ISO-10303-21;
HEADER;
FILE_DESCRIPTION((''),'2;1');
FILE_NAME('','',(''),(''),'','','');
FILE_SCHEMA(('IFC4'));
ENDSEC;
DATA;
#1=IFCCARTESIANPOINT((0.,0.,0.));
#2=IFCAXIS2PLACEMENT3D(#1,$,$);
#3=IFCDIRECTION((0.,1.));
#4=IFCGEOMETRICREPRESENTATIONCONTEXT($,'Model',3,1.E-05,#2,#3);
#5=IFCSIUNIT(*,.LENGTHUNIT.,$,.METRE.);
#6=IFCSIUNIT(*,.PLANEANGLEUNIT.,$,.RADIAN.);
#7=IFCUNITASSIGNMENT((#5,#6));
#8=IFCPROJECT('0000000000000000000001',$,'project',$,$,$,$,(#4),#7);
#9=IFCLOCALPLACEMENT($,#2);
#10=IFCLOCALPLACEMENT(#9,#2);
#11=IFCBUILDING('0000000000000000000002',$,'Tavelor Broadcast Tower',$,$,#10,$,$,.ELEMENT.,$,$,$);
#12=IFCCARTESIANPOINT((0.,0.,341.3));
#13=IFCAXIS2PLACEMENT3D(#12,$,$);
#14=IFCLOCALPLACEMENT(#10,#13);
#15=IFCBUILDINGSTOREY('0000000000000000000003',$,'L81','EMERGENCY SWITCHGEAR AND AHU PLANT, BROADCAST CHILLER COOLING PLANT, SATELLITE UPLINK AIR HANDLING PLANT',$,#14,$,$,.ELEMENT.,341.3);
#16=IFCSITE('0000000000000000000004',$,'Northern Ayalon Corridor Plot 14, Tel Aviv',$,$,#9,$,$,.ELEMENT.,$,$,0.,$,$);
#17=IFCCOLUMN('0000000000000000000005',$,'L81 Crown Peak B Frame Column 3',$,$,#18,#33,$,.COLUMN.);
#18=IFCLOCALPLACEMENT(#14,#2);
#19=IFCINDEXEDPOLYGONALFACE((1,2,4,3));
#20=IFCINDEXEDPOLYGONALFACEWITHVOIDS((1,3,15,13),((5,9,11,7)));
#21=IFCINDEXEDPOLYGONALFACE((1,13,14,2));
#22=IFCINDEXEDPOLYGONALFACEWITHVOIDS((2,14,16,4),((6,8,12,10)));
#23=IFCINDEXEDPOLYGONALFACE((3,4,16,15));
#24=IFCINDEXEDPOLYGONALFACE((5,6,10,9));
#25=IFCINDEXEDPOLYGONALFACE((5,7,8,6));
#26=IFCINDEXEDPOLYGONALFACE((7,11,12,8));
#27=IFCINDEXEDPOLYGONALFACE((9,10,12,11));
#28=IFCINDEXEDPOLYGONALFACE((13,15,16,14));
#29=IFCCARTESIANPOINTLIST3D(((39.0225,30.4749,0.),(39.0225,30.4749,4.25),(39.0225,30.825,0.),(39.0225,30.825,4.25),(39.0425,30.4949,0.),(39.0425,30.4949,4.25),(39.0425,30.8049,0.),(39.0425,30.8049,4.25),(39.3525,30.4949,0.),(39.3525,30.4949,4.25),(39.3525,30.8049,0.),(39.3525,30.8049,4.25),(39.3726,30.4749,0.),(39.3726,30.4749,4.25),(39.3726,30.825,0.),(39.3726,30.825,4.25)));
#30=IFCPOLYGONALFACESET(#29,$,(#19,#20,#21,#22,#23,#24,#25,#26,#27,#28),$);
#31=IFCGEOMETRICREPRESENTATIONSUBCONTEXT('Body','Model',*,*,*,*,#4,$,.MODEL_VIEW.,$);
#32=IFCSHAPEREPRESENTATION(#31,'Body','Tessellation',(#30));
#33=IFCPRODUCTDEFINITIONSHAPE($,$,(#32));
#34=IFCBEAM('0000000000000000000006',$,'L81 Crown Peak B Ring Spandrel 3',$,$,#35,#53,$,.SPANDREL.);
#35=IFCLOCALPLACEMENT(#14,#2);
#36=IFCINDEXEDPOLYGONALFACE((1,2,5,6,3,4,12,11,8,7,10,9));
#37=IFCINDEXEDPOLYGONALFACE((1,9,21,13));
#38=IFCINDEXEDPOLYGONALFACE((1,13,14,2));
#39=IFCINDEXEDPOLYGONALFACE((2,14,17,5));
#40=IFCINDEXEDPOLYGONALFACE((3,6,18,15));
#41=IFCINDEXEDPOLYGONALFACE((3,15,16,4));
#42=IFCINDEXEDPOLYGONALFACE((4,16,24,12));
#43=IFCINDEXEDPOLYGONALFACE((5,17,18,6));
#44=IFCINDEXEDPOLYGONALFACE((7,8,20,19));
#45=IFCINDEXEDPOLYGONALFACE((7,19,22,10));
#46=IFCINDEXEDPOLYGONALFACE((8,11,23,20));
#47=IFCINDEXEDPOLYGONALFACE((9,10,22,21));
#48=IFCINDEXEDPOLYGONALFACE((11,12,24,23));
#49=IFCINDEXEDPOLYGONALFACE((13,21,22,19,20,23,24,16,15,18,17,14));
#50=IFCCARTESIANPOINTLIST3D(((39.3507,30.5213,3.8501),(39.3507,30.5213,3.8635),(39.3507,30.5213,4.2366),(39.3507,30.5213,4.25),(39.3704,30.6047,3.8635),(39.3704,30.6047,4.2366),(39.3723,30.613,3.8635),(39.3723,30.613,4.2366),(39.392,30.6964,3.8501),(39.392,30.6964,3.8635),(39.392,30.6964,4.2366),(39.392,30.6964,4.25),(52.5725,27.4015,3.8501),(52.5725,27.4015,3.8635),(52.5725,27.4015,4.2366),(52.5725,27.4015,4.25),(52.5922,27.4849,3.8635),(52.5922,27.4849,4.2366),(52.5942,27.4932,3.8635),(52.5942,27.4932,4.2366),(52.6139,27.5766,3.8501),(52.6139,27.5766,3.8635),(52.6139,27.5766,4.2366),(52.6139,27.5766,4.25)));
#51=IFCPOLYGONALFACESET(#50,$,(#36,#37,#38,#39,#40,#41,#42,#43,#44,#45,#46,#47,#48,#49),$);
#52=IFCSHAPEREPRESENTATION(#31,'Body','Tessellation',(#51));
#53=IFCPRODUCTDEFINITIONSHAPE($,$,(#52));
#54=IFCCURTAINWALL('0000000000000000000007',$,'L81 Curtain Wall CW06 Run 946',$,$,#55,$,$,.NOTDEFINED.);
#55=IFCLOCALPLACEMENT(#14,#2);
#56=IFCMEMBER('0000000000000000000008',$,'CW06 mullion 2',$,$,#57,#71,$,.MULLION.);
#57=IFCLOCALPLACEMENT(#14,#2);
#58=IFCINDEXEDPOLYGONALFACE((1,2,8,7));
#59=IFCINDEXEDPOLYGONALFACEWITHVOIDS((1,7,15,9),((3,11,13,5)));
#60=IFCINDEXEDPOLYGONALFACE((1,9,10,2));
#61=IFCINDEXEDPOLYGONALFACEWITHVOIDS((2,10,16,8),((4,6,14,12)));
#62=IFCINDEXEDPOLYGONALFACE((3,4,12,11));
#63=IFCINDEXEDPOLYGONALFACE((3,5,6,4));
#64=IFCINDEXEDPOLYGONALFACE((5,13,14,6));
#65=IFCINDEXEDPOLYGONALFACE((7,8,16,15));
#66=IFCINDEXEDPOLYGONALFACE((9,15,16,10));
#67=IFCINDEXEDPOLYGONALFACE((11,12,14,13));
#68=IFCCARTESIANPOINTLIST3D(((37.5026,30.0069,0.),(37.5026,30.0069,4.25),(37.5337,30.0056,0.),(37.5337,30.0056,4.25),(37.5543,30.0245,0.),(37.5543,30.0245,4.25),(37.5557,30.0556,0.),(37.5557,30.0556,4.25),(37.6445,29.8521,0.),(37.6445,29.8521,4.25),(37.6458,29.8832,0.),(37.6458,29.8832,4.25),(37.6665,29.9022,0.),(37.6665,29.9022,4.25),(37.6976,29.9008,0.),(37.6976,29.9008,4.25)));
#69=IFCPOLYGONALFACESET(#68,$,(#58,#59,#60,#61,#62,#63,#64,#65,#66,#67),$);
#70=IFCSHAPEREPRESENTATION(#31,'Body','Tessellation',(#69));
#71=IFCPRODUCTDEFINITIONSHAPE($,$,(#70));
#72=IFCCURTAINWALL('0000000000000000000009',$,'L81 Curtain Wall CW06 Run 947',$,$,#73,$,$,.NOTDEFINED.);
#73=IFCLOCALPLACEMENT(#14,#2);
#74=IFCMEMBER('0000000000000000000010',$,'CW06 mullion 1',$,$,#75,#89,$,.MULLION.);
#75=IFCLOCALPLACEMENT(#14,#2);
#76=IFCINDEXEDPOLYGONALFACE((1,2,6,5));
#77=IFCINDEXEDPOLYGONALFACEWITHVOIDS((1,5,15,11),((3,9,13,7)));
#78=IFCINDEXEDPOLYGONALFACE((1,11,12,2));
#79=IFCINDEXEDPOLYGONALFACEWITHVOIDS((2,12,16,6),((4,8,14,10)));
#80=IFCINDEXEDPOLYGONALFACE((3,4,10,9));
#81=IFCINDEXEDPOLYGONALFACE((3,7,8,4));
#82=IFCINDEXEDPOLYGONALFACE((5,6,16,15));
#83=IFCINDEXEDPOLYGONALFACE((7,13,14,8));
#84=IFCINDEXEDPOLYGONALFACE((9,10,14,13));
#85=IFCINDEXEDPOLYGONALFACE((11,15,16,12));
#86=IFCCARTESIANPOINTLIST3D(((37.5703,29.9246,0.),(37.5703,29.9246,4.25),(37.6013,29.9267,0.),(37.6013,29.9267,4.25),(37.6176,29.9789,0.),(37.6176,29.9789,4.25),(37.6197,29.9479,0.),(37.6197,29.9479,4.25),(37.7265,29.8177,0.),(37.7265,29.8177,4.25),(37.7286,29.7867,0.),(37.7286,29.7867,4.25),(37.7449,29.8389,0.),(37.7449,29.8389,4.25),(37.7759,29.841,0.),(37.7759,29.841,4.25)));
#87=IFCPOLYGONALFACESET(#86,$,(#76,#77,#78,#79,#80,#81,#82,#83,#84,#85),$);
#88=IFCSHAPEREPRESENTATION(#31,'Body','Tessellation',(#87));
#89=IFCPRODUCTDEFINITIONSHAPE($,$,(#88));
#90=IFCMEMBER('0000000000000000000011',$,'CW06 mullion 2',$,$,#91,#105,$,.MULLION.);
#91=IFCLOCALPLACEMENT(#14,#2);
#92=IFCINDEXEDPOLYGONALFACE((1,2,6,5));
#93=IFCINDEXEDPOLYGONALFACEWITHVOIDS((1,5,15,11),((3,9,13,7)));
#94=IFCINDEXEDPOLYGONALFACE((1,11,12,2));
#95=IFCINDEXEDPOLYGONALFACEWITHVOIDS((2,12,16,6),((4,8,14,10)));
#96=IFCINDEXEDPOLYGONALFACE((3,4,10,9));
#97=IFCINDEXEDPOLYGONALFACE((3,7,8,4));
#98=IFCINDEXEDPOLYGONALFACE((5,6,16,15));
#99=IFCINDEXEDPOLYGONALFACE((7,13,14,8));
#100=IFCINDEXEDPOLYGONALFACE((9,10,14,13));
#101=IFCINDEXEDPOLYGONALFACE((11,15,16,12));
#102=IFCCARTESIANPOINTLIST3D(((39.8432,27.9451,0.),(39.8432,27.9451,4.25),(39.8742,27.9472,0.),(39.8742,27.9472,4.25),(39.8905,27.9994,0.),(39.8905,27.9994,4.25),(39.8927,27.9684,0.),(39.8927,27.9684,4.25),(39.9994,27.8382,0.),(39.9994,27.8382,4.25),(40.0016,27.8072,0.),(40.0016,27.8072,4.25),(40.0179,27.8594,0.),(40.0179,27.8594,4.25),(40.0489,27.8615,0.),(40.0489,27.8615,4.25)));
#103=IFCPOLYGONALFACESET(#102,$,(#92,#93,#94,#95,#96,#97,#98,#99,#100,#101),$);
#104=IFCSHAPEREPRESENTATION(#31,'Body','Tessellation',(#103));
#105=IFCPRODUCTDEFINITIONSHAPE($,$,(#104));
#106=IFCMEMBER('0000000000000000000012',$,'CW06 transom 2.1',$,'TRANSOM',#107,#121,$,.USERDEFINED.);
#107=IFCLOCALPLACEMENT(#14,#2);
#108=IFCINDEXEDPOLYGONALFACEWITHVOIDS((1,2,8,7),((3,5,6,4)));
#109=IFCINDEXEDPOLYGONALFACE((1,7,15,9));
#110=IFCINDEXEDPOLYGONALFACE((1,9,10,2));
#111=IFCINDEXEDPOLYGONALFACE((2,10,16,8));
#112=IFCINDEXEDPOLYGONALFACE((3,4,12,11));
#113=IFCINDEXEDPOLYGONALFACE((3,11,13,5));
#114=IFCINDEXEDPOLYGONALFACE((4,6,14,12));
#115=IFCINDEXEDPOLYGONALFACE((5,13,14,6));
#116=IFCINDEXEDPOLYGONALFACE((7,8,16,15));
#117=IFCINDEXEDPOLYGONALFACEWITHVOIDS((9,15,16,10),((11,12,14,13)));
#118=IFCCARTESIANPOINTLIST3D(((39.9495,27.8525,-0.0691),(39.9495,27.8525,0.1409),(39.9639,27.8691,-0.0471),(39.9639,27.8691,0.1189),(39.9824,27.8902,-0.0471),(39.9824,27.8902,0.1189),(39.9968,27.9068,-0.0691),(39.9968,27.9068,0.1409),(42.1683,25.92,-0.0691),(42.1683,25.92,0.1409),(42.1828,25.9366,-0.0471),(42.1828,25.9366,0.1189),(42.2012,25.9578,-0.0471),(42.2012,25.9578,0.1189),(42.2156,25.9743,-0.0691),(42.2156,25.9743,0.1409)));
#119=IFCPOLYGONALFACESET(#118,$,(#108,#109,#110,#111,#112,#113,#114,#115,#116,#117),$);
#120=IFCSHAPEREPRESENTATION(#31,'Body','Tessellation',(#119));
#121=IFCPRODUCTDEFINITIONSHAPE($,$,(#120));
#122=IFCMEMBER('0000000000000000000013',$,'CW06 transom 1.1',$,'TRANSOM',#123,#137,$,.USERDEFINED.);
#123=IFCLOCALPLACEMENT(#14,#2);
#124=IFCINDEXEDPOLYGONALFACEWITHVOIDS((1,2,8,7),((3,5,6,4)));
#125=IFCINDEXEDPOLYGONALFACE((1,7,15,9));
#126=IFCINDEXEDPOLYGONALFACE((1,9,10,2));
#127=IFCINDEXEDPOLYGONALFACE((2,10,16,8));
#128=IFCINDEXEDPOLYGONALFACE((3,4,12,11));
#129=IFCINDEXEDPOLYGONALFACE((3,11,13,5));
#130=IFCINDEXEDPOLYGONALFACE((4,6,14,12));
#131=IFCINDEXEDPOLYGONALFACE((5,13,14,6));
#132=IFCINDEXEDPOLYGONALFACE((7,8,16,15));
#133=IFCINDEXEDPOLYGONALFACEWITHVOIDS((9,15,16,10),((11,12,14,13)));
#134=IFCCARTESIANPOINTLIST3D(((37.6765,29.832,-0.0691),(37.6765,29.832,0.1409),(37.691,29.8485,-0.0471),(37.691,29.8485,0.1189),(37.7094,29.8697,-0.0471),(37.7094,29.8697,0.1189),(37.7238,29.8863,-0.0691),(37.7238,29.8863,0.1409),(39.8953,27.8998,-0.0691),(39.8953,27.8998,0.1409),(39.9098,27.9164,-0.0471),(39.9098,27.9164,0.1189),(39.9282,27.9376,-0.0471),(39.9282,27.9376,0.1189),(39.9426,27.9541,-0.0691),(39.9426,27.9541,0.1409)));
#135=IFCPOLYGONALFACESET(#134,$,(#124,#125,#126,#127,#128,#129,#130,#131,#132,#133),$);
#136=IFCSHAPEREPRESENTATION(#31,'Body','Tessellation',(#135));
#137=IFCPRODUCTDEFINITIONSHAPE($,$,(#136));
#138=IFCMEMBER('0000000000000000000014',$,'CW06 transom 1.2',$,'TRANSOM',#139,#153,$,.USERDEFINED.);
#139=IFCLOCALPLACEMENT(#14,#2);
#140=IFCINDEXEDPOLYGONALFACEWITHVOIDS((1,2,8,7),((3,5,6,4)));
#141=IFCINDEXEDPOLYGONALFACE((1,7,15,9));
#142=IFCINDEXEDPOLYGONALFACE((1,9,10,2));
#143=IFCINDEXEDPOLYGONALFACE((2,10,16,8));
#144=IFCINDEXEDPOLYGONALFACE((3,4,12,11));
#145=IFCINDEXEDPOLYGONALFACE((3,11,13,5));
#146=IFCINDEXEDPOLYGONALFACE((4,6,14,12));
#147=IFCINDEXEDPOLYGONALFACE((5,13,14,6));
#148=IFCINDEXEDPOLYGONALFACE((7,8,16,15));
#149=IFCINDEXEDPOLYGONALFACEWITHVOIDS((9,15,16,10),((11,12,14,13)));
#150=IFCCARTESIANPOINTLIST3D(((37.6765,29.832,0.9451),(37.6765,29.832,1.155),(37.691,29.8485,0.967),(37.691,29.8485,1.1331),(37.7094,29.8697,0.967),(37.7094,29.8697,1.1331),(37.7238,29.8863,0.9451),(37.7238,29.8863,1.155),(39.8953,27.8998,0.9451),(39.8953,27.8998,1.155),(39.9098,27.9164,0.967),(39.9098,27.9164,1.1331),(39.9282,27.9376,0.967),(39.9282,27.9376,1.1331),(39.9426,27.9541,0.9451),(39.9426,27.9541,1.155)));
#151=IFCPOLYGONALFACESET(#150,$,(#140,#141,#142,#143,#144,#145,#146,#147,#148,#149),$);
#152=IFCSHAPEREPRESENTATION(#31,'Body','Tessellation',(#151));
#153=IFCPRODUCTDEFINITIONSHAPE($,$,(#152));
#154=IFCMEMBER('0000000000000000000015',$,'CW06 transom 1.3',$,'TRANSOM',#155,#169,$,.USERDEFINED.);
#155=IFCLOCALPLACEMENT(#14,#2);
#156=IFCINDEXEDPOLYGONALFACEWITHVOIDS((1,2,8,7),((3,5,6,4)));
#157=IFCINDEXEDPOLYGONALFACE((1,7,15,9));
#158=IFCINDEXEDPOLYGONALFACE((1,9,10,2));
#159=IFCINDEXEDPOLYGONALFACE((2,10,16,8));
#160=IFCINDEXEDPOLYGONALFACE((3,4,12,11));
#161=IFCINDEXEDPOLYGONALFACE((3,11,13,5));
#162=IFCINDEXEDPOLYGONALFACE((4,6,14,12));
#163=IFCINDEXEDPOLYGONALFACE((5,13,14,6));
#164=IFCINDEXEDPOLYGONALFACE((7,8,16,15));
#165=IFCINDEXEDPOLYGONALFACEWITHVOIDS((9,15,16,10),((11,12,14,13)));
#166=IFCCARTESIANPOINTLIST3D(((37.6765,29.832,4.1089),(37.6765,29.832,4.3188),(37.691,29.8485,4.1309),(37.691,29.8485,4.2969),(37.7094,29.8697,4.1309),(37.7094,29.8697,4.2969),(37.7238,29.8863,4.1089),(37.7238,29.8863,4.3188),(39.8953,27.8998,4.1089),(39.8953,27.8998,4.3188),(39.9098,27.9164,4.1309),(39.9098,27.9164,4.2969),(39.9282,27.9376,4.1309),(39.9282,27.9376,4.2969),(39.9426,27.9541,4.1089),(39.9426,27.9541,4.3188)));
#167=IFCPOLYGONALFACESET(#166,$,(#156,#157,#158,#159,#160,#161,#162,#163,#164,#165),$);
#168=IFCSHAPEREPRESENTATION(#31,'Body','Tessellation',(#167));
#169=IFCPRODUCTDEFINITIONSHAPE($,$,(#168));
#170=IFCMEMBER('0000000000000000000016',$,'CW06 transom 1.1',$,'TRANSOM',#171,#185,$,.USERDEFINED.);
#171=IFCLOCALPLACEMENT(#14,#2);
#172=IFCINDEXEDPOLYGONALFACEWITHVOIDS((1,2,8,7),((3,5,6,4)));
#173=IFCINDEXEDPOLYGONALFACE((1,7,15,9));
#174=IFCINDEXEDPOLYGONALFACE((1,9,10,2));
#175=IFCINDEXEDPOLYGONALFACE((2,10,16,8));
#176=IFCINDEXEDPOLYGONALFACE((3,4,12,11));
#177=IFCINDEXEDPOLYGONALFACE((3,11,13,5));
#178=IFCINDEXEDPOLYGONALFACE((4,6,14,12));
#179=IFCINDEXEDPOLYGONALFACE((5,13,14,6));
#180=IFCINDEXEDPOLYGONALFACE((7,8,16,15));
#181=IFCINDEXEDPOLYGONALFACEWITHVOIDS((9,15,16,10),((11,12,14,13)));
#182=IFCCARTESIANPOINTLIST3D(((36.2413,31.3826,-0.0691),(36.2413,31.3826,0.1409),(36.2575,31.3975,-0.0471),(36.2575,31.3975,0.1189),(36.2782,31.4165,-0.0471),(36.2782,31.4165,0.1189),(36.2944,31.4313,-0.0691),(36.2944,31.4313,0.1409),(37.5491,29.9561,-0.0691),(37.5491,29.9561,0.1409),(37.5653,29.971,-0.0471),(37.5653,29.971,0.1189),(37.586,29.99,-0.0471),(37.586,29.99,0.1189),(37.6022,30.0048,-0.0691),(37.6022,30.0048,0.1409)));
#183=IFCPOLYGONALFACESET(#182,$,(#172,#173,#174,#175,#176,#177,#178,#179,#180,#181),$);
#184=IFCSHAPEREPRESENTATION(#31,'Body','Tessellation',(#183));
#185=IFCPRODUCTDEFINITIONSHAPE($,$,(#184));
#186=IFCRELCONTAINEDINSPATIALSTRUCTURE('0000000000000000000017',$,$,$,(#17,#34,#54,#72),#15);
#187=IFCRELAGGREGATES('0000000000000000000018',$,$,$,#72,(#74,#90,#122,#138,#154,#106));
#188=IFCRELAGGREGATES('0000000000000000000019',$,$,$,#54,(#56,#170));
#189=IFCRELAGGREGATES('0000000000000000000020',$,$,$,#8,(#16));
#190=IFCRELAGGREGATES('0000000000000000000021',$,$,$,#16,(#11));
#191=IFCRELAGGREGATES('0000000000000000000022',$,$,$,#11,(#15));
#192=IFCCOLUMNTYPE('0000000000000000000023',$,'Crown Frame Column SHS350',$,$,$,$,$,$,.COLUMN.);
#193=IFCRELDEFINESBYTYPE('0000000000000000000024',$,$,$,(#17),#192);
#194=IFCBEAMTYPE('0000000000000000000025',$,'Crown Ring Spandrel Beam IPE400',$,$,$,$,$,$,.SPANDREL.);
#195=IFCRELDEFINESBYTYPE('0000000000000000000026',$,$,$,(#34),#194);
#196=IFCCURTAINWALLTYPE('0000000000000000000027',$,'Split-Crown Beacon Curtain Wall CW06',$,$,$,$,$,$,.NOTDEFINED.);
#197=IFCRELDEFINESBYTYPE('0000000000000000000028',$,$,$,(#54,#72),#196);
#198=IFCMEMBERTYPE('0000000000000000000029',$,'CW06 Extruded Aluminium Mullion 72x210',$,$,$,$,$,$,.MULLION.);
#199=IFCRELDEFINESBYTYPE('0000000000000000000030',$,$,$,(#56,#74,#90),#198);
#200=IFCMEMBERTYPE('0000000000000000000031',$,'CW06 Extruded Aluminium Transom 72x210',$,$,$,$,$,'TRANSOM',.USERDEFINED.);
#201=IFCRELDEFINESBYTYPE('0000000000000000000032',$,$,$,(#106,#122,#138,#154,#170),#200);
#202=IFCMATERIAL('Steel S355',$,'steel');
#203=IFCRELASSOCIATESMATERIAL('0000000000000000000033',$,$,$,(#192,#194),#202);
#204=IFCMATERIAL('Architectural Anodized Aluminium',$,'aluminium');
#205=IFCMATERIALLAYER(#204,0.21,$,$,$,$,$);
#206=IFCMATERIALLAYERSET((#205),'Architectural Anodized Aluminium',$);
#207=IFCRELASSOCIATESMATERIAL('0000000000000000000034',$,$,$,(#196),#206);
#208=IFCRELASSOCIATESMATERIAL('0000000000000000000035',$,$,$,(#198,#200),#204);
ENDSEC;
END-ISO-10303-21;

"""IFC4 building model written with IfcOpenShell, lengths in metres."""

from ifc_helpers import new_model, si_unit, direction, frame, origin, origin_2d, place, context, subcontext, project, spatial, hollow_rectangle, i_section, extrude, source, transform, mapped, material, layer, layer_set, material_profile, profile_set, type_object, type_shapes, element, aggregate, save


model = new_model("IFC4")

# Units and contexts
model_context = context("Model", 3, precision=1e-05, world=origin(), true_north=direction((0.0, 1.0)))
body_context = subcontext(model_context, "Body", "Model", "MODEL_VIEW")
ifc_project = project(units=[si_unit("LENGTHUNIT", "METRE"), si_unit("PLANEANGLEUNIT", "RADIAN")], contexts=[model_context])

# Site, building, storey
site_placement = place(None, origin())
site = spatial("IfcSite", under=ifc_project, at=site_placement, Name="Northern Ayalon Corridor Plot 14, Tel Aviv", CompositionType="ELEMENT", RefElevation=0.0)
building_placement = place(site_placement, origin())
building = spatial("IfcBuilding", under=site, at=building_placement, Name="Tavelor Broadcast Tower", CompositionType="ELEMENT")
storey_placement = place(building_placement, frame((0.0, 0.0, 341.3)))
storey = spatial("IfcBuildingStorey", under=building, at=storey_placement, Name="L81", Description="EMERGENCY SWITCHGEAR AND AHU PLANT, BROADCAST CHILLER COOLING PLANT, SATELLITE UPLINK AIR HANDLING PLANT", CompositionType="ELEMENT", Elevation=341.3)

# Column
ifc_material_1 = material(Name="Steel S355", Category="steel")
ifc_material_profile_1 = material_profile(ifc_material_1, hollow_rectangle(XDim=0.3501, YDim=0.3501, WallThickness=0.02, at=origin_2d()), Name="SHS 350x350x20")
ifc_profile_set_1 = profile_set([ifc_material_profile_1], Name="Steel S355")
column_type = type_object("IfcColumnType", Name="Crown Frame Column SHS350", PredefinedType="COLUMN", material=ifc_profile_set_1)
column_placement = place(storey_placement, frame((39.1975, 30.6499, 0.0), z_axis=(0.0, 0.0, 1.0), x_axis=(1.0, 0.0, 0.0)))
element("IfcColumn", 1, at=column_placement, inside=storey, type_object=column_type, Name="L81 Crown Peak B Frame Column 3", PredefinedType="COLUMN", context=body_context, shape_type="SweptSolid", body=[
    extrude(hollow_rectangle(XDim=0.3501, YDim=0.3501, WallThickness=0.02, at=origin_2d()), origin(), (0.0, 0.0, 1.0), 4.25),
])

# Beam
ifc_material_profile_2 = material_profile(ifc_material_1, i_section(OverallWidth=0.1799, OverallDepth=0.3999, WebThickness=0.0085, FlangeThickness=0.0134, at=origin_2d()), Name="IPE 400")
ifc_profile_set_2 = profile_set([ifc_material_profile_2], Name="Steel S355")
beam_type = type_object("IfcBeamType", Name="Crown Ring Spandrel Beam IPE400", PredefinedType="SPANDREL", material=ifc_profile_set_2)
beam_placement = place(storey_placement, frame((39.3713, 30.6089, 4.05), z_axis=(0.973272, -0.229655, 0.0), x_axis=(0.229655, 0.973272, 0.0)))
element("IfcBeam", 2, at=beam_placement, inside=storey, type_object=beam_type, Name="L81 Crown Peak B Ring Spandrel 3", PredefinedType="SPANDREL", context=body_context, shape_type="SweptSolid", body=[
    extrude(i_section(OverallWidth=0.1799, OverallDepth=0.3999, WebThickness=0.0085, FlangeThickness=0.0134, at=origin_2d()), origin(), (0.0, 0.0, 1.0), 13.585),
])

# Curtain wall, member
ifc_material_2 = material(Name="Architectural Anodized Aluminium", Category="aluminium")
ifc_layer_1 = layer(ifc_material_2, 0.21)
ifc_layer_set_1 = layer_set([ifc_layer_1], Name="Architectural Anodized Aluminium")
curtain_wall_type = type_object("IfcCurtainWallType", Name="Split-Crown Beacon Curtain Wall CW06", PredefinedType="NOTDEFINED", material=ifc_layer_set_1)
curtain_wall_1_placement = place(storey_placement, origin())
curtain_wall_1 = element("IfcCurtainWall", 3, at=curtain_wall_1_placement, inside=storey, type_object=curtain_wall_type, Name="L81 Curtain Wall CW06 Run 946", PredefinedType="NOTDEFINED")
ifc_material_profile_3 = material_profile(ifc_material_2, hollow_rectangle(XDim=0.072, YDim=0.21, WallThickness=0.022, at=origin_2d()), Name="RHS 72x210x22")
ifc_profile_set_3 = profile_set([ifc_material_profile_3], Name="Architectural Anodized Aluminium")
member_type_1 = type_object("IfcMemberType", Name="CW06 Extruded Aluminium Mullion 72x210", PredefinedType="MULLION", material=ifc_profile_set_3)
shared_shape_1 = source(origin(), body_context, "Body", "SweptSolid", [
    extrude(hollow_rectangle(XDim=0.072, YDim=0.21, WallThickness=0.022, at=origin_2d()), origin(), (0.0, 0.0, 1.0), 4.25),
])
type_shapes(member_type_1, [shared_shape_1])
member_1_placement = place(storey_placement, frame((37.6001, 29.9539, 0.0), z_axis=(0.0, 0.0, 1.0), x_axis=(0.7371, 0.675783, 0.0)))
member_1 = element("IfcMember", 4, at=member_1_placement, type_object=member_type_1, Name="CW06 mullion 2", PredefinedType="MULLION", context=body_context, shape_type="MappedRepresentation", body=[
    mapped(shared_shape_1, transform((0.0, 0.0, 0.0), scale=1.0)),
])

# Curtain wall, members
curtain_wall_2_placement = place(storey_placement, origin())
curtain_wall_2 = element("IfcCurtainWall", 5, at=curtain_wall_2_placement, inside=storey, type_object=curtain_wall_type, Name="L81 Curtain Wall CW06 Run 947", PredefinedType="NOTDEFINED")
member_2_placement = place(storey_placement, frame((37.6731, 29.8828, 0.0), z_axis=(0.0, 0.0, 1.0), x_axis=(0.656742, 0.754115, 0.0)))
member_2 = element("IfcMember", 6, at=member_2_placement, type_object=member_type_1, Name="CW06 mullion 1", PredefinedType="MULLION", context=body_context, shape_type="MappedRepresentation", body=[
    mapped(shared_shape_1, transform((0.0, 0.0, 0.0), scale=1.0)),
])
member_3_placement = place(storey_placement, frame((39.946, 27.9033, 0.0), z_axis=(0.0, 0.0, 1.0), x_axis=(0.656742, 0.754115, 0.0)))
member_3 = element("IfcMember", 7, at=member_3_placement, type_object=member_type_1, Name="CW06 mullion 2", PredefinedType="MULLION", context=body_context, shape_type="MappedRepresentation", body=[
    mapped(shared_shape_1, transform((0.0, 0.0, 0.0), scale=1.0)),
])
ifc_material_profile_4 = material_profile(ifc_material_2, hollow_rectangle(XDim=0.072, YDim=0.21, WallThickness=0.022, at=origin_2d()), Name="RHS 72x210x22")
ifc_profile_set_4 = profile_set([ifc_material_profile_4], Name="Architectural Anodized Aluminium")
member_type_2 = type_object("IfcMemberType", Name="CW06 Extruded Aluminium Transom 72x210", ElementType="TRANSOM", PredefinedType="USERDEFINED", material=ifc_profile_set_4)
shared_shape_2 = source(origin(), body_context, "Body", "SweptSolid", [
    extrude(hollow_rectangle(XDim=0.072, YDim=0.21, WallThickness=0.022, at=origin_2d()), origin(), (0.0, 0.0, 1.0), 2.9424),
])
member_4_placement = place(storey_placement, frame((39.9731, 27.8796, 0.0359), z_axis=(0.754096, -0.656764, 0.0), x_axis=(0.656764, 0.754096, 0.0)))
member_4 = element("IfcMember", 8, at=member_4_placement, type_object=member_type_2, Name="CW06 transom 2.1", ObjectType="TRANSOM", PredefinedType="USERDEFINED", context=body_context, shape_type="MappedRepresentation", body=[
    mapped(shared_shape_2, transform((0.0, 0.0, 0.0), scale=1.0)),
])
shared_shape_3 = source(origin(), body_context, "Body", "SweptSolid", [
    extrude(hollow_rectangle(XDim=0.072, YDim=0.21, WallThickness=0.022, at=origin_2d()), origin(), (0.0, 0.0, 1.0), 2.9421),
])
member_5_placement = place(storey_placement, frame((37.7002, 29.8591, 0.0359), z_axis=(0.754137, -0.656717, 0.0), x_axis=(0.656717, 0.754137, 0.0)))
member_5 = element("IfcMember", 9, at=member_5_placement, type_object=member_type_2, Name="CW06 transom 1.1", ObjectType="TRANSOM", PredefinedType="USERDEFINED", context=body_context, shape_type="MappedRepresentation", body=[
    mapped(shared_shape_3, transform((0.0, 0.0, 0.0), scale=1.0)),
])
member_6_placement = place(storey_placement, frame((37.7002, 29.8591, 1.05), z_axis=(0.754137, -0.656717, 0.0), x_axis=(0.656717, 0.754137, 0.0)))
member_6 = element("IfcMember", 10, at=member_6_placement, type_object=member_type_2, Name="CW06 transom 1.2", ObjectType="TRANSOM", PredefinedType="USERDEFINED", context=body_context, shape_type="MappedRepresentation", body=[
    mapped(shared_shape_3, transform((0.0, 0.0, 0.0), scale=1.0)),
])
member_7_placement = place(storey_placement, frame((37.7002, 29.8591, 4.2139), z_axis=(0.754137, -0.656717, 0.0), x_axis=(0.656717, 0.754137, 0.0)))
member_7 = element("IfcMember", 11, at=member_7_placement, type_object=member_type_2, Name="CW06 transom 1.3", ObjectType="TRANSOM", PredefinedType="USERDEFINED", context=body_context, shape_type="MappedRepresentation", body=[
    mapped(shared_shape_3, transform((0.0, 0.0, 0.0), scale=1.0)),
])

# Member
shared_shape_4 = source(origin(), body_context, "Body", "SweptSolid", [
    extrude(hollow_rectangle(XDim=0.072, YDim=0.21, WallThickness=0.022, at=origin_2d()), origin(), (0.0, 0.0, 1.0), 1.9353),
])
type_shapes(member_type_2, [shared_shape_2, shared_shape_3, shared_shape_4])
member_8_placement = place(storey_placement, frame((36.2678, 31.407, 0.0359), z_axis=(0.675787, -0.737097, 0.0), x_axis=(0.737097, 0.675787, 0.0)))
member_8 = element("IfcMember", 12, at=member_8_placement, type_object=member_type_2, Name="CW06 transom 1.1", ObjectType="TRANSOM", PredefinedType="USERDEFINED", context=body_context, shape_type="MappedRepresentation", body=[
    mapped(shared_shape_4, transform((0.0, 0.0, 0.0), scale=1.0)),
])

aggregate(curtain_wall_2, [member_2, member_3, member_5, member_6, member_7, member_4])
aggregate(curtain_wall_1, [member_1, member_8])

save(model, "model.ifc")
